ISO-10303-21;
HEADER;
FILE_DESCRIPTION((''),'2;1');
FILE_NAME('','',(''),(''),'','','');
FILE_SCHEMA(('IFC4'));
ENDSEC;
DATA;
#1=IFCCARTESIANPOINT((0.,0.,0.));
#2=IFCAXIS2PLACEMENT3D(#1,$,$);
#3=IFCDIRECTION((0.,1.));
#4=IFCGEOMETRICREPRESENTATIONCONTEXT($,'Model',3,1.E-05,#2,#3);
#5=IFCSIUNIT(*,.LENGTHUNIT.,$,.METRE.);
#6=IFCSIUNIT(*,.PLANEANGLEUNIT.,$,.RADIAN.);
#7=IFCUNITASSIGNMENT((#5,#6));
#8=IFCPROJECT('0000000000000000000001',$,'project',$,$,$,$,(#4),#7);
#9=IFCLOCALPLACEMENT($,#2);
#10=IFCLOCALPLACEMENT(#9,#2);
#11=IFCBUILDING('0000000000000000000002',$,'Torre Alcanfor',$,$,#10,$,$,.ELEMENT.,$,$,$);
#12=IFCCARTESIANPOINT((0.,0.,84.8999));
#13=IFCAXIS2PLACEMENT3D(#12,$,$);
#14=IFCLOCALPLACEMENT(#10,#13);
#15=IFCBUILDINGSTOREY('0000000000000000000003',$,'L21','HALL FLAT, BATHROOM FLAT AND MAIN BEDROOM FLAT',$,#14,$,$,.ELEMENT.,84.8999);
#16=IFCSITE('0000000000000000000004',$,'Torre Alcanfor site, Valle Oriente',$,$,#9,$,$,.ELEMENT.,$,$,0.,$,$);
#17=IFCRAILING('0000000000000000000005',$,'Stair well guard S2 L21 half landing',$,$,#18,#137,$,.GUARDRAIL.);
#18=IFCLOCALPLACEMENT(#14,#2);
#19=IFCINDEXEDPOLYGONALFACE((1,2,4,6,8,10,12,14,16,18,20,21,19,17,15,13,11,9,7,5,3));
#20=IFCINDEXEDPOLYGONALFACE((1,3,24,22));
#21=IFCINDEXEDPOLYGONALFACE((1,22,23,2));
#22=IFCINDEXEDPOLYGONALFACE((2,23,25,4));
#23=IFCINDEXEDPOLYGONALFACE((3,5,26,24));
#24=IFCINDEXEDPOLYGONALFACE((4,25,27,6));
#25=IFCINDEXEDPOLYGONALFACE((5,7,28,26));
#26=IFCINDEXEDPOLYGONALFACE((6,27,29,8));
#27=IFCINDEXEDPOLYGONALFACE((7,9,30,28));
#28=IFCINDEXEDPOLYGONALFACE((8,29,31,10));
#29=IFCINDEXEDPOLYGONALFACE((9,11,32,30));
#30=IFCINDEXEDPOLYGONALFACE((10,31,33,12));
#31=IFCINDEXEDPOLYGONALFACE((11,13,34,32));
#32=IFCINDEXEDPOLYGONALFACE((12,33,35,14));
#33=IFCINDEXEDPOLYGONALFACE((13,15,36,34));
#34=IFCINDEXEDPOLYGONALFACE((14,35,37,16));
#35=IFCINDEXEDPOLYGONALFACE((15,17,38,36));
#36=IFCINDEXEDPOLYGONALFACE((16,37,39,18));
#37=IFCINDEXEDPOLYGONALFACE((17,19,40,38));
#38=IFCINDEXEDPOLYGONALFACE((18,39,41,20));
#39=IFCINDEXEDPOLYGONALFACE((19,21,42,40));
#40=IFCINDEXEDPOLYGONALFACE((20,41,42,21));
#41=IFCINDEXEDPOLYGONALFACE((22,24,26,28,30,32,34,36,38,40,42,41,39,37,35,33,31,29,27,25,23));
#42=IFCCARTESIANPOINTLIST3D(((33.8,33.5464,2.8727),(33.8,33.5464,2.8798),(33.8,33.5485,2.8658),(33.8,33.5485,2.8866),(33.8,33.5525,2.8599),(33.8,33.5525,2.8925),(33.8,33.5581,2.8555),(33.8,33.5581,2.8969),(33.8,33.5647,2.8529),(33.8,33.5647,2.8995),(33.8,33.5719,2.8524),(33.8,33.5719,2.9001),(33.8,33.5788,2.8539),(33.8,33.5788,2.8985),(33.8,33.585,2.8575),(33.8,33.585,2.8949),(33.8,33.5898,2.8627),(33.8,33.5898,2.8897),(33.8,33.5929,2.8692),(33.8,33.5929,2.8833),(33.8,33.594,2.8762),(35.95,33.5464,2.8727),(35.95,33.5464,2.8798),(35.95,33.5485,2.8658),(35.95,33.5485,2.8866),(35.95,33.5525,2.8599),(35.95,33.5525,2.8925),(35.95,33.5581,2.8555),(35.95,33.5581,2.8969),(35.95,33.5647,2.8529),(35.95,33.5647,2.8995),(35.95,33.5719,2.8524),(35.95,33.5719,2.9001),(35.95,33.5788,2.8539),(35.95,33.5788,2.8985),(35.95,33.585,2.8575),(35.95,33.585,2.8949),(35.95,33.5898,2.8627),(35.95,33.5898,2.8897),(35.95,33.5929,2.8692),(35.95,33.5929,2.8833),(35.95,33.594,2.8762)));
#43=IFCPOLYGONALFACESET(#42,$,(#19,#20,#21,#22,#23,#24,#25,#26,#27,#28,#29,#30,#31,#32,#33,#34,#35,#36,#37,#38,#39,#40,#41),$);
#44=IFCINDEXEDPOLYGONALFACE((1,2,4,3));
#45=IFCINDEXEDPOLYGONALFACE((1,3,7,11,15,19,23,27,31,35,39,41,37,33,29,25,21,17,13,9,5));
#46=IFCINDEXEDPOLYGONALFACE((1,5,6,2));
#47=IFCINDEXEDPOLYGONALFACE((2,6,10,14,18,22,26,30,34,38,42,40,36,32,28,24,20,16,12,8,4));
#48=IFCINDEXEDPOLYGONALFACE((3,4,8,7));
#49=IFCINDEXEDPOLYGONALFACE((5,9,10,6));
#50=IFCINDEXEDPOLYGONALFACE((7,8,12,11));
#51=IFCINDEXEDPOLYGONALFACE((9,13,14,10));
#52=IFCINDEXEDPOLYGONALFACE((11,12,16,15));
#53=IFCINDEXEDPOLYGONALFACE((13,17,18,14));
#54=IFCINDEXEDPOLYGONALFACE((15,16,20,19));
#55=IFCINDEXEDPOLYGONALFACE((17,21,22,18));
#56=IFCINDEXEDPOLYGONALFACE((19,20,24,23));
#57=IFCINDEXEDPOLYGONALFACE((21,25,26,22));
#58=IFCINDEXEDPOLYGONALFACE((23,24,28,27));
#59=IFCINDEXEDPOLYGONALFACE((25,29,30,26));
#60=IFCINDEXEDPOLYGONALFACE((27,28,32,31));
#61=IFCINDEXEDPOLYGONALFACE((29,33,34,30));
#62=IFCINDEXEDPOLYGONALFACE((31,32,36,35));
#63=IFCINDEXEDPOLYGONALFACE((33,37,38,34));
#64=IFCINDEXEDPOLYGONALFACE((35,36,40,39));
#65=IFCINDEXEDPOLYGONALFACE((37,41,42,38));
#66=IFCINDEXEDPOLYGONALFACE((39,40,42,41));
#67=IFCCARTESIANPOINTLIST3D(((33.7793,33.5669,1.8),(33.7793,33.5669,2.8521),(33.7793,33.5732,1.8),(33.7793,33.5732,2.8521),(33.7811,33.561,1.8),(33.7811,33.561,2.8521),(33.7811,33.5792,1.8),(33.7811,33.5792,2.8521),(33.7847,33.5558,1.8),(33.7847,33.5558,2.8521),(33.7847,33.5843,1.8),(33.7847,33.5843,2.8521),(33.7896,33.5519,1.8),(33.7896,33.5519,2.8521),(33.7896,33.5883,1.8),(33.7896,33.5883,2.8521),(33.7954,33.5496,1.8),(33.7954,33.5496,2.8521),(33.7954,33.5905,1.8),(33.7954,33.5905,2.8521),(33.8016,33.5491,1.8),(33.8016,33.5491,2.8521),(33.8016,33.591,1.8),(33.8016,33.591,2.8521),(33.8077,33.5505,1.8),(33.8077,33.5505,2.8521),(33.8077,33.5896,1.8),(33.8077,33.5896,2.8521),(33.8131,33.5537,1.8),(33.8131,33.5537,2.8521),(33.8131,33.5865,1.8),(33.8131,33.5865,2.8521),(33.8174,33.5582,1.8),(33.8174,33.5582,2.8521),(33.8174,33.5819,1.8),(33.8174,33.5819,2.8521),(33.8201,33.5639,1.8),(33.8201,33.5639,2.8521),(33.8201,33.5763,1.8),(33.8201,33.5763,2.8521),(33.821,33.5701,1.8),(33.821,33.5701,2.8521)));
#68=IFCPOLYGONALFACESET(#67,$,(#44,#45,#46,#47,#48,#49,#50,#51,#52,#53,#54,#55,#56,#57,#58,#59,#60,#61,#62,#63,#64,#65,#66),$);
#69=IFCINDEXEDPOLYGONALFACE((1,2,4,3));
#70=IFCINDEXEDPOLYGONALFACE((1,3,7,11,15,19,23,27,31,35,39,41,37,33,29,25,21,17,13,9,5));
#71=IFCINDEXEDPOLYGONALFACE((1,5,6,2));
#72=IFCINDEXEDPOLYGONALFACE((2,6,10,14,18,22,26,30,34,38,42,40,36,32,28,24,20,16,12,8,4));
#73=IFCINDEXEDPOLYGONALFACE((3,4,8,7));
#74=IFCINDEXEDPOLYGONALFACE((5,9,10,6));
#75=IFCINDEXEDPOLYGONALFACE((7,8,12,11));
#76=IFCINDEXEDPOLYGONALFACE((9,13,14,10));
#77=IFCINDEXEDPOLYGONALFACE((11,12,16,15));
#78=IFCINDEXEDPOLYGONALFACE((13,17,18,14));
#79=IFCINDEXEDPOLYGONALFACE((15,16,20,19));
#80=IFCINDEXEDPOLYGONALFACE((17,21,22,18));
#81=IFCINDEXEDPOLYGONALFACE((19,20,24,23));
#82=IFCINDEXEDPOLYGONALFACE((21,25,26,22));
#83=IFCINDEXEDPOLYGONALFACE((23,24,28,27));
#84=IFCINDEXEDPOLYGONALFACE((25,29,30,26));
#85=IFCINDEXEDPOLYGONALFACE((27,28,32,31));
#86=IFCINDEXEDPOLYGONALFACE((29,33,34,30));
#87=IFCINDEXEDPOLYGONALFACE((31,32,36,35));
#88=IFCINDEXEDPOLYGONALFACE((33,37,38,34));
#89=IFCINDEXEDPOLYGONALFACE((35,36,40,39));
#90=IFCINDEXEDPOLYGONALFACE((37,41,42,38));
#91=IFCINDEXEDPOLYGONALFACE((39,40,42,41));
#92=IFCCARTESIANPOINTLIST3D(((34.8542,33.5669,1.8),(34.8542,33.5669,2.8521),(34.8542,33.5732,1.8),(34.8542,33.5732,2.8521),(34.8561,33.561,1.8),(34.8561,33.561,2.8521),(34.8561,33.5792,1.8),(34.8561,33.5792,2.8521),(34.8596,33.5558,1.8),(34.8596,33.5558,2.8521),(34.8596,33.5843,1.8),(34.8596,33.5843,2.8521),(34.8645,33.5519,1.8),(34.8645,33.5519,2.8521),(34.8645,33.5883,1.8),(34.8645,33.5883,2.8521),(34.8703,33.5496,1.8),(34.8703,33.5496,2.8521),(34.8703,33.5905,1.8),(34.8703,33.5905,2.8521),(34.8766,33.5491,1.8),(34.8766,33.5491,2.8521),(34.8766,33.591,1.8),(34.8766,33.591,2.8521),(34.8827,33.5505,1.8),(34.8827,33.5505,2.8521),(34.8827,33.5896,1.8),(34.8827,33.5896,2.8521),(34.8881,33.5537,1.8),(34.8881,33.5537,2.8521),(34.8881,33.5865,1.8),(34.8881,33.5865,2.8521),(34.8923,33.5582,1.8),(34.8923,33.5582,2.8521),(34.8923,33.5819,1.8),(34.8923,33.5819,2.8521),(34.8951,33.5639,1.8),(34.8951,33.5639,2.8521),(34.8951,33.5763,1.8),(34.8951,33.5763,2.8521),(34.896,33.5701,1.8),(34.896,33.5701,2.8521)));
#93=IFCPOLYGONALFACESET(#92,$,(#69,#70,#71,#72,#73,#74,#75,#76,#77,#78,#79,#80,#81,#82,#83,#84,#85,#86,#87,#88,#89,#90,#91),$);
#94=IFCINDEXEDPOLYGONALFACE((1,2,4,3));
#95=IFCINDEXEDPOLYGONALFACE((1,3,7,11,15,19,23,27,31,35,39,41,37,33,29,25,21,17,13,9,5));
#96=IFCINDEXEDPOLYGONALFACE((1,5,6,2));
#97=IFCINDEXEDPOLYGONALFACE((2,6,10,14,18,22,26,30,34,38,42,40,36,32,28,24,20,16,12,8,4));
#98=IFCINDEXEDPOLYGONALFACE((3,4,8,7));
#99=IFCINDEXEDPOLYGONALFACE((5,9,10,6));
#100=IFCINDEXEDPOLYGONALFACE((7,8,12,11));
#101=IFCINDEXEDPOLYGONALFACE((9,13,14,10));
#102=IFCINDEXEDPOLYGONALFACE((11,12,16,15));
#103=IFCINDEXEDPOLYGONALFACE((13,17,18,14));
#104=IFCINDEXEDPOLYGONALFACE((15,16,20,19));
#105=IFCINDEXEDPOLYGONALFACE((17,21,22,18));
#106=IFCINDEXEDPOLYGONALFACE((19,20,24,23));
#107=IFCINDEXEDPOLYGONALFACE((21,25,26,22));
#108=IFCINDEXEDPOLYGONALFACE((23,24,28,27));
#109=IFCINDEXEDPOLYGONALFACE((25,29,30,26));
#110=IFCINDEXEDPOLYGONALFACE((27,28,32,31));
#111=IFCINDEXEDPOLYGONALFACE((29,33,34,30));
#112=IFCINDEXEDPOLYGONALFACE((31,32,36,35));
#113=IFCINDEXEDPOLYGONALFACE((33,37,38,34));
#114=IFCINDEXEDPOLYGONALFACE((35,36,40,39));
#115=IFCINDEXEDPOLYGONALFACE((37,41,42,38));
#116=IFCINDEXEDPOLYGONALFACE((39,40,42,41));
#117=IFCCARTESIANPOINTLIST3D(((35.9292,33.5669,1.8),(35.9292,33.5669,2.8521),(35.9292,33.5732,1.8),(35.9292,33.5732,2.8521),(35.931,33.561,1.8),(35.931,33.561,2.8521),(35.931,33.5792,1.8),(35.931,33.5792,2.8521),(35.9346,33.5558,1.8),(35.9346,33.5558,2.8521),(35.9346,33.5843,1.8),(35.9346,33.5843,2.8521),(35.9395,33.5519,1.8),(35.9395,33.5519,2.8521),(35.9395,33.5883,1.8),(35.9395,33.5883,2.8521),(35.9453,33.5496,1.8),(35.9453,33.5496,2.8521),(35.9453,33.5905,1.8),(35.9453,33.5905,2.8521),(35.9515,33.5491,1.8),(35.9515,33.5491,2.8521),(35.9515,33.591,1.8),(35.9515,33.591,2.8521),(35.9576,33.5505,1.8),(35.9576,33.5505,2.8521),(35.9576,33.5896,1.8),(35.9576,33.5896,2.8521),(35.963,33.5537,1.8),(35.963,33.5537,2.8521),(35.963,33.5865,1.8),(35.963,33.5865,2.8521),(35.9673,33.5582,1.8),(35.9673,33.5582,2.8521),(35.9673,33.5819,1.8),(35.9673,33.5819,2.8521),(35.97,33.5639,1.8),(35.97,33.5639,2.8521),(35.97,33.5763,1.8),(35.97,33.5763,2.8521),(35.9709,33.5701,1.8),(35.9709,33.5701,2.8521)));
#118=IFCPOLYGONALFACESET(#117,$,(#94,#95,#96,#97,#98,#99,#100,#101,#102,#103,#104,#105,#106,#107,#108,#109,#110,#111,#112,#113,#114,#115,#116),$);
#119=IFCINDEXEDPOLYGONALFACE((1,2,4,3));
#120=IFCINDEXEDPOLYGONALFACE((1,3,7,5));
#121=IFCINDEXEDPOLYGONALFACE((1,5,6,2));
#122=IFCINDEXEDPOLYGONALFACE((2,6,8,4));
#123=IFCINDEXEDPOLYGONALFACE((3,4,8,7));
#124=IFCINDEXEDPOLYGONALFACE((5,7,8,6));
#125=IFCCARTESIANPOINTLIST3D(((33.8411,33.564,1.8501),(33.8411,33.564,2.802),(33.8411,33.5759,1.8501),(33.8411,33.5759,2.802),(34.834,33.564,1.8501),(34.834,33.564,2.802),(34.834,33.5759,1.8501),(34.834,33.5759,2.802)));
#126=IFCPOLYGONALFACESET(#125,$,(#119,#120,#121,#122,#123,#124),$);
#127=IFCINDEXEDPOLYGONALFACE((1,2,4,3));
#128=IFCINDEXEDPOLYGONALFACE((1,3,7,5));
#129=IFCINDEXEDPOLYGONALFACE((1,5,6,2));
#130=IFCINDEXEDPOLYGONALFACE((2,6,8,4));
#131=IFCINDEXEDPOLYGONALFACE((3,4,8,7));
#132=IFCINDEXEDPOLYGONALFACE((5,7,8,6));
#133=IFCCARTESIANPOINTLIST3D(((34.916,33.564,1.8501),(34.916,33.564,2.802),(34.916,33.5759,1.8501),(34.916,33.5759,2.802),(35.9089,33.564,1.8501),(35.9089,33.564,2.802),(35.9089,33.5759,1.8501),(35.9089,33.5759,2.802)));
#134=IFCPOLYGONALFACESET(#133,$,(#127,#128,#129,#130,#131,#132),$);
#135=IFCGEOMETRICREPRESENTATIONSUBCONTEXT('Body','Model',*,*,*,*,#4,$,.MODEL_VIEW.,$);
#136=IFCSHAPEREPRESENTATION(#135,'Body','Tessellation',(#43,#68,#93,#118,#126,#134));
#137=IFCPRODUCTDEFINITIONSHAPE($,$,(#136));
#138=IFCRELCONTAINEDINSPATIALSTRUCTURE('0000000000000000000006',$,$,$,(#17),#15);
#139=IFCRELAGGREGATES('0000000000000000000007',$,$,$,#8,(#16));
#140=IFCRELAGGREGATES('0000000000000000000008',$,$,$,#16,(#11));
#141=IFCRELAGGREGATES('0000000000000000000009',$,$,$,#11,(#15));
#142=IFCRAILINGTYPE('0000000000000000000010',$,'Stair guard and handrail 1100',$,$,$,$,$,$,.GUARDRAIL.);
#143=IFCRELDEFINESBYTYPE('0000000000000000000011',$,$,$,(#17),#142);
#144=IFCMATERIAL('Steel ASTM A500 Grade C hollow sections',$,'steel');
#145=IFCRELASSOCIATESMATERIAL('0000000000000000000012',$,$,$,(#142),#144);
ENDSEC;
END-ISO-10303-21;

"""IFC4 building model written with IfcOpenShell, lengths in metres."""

from ifc_helpers import new_model, si_unit, direction, frame, origin, origin_2d, place, context, subcontext, project, spatial, polyline, circle, outline, extrude, material, type_object, element, save


model = new_model("IFC4")

# Units and contexts
model_context = context("Model", 3, precision=1e-05, world=origin(), true_north=direction((0.0, 1.0)))
body_context = subcontext(model_context, "Body", "Model", "MODEL_VIEW")
ifc_project = project(units=[si_unit("LENGTHUNIT", "METRE"), si_unit("PLANEANGLEUNIT", "RADIAN")], contexts=[model_context])

# Site, building, storey
site_placement = place(None, origin())
site = spatial("IfcSite", under=ifc_project, at=site_placement, Name="Torre Alcanfor site, Valle Oriente", CompositionType="ELEMENT", RefElevation=0.0)
building_placement = place(site_placement, origin())
building = spatial("IfcBuilding", under=site, at=building_placement, Name="Torre Alcanfor", CompositionType="ELEMENT")
storey_placement = place(building_placement, frame((0.0, 0.0, 84.8999)))
storey = spatial("IfcBuildingStorey", under=building, at=storey_placement, Name="L21", Description="HALL FLAT, BATHROOM FLAT AND MAIN BEDROOM FLAT", CompositionType="ELEMENT", Elevation=84.8999)

# Railing
ifc_material_1 = material(Name="Steel ASTM A500 Grade C hollow sections", Category="steel")
railing_type_1 = type_object("IfcRailingType", Name="Stair guard and handrail 1100", PredefinedType="GUARDRAIL", material=ifc_material_1)
for number, where, name in (
    (1, (33.8, 33.5701, 1.8), "Stair well guard S2 L21 half landing"),
):
    element("IfcRailing", number, at=place(storey_placement, frame(where)), inside=storey, type_object=railing_type_1, Name=name, PredefinedType="GUARDRAIL", context=body_context, shape_type="SweptSolid", body=[
        extrude(circle(Radius=0.0239, at=origin_2d()), frame((0.0, 0.0, 1.0762), z_axis=(1.0, 0.0, 0.0), x_axis=(0.0, 1.0, 0.0)), (0.0, 0.0, 1.0), 2.1499),
        extrude(circle(Radius=0.021, at=origin_2d()), origin(), (0.0, 0.0, 1.0), 1.052),
        extrude(circle(Radius=0.021, at=origin_2d()), frame((1.075, 0.0, 0.0)), (0.0, 0.0, 1.0), 1.052),
        extrude(circle(Radius=0.021, at=origin_2d()), frame((2.1499, 0.0, 0.0)), (0.0, 0.0, 1.0), 1.052),
        extrude(outline(polyline([(0.041, 0.05), (1.0339, 0.05), (1.0339, 1.002), (0.041, 1.002), (0.041, 0.05)])), frame((0.0, 0.0059, 0.0), z_axis=(0.0, -1.0, 0.0), x_axis=(1.0, 0.0, 0.0)), (0.0, 0.0, 1.0), 0.012),
        extrude(outline(polyline([(1.116, 0.05), (2.1089, 0.05), (2.1089, 1.002), (1.116, 1.002), (1.116, 0.05)])), frame((0.0, 0.0059, 0.0), z_axis=(0.0, -1.0, 0.0), x_axis=(1.0, 0.0, 0.0)), (0.0, 0.0, 1.0), 0.012),
    ])

save(model, "model.ifc")
